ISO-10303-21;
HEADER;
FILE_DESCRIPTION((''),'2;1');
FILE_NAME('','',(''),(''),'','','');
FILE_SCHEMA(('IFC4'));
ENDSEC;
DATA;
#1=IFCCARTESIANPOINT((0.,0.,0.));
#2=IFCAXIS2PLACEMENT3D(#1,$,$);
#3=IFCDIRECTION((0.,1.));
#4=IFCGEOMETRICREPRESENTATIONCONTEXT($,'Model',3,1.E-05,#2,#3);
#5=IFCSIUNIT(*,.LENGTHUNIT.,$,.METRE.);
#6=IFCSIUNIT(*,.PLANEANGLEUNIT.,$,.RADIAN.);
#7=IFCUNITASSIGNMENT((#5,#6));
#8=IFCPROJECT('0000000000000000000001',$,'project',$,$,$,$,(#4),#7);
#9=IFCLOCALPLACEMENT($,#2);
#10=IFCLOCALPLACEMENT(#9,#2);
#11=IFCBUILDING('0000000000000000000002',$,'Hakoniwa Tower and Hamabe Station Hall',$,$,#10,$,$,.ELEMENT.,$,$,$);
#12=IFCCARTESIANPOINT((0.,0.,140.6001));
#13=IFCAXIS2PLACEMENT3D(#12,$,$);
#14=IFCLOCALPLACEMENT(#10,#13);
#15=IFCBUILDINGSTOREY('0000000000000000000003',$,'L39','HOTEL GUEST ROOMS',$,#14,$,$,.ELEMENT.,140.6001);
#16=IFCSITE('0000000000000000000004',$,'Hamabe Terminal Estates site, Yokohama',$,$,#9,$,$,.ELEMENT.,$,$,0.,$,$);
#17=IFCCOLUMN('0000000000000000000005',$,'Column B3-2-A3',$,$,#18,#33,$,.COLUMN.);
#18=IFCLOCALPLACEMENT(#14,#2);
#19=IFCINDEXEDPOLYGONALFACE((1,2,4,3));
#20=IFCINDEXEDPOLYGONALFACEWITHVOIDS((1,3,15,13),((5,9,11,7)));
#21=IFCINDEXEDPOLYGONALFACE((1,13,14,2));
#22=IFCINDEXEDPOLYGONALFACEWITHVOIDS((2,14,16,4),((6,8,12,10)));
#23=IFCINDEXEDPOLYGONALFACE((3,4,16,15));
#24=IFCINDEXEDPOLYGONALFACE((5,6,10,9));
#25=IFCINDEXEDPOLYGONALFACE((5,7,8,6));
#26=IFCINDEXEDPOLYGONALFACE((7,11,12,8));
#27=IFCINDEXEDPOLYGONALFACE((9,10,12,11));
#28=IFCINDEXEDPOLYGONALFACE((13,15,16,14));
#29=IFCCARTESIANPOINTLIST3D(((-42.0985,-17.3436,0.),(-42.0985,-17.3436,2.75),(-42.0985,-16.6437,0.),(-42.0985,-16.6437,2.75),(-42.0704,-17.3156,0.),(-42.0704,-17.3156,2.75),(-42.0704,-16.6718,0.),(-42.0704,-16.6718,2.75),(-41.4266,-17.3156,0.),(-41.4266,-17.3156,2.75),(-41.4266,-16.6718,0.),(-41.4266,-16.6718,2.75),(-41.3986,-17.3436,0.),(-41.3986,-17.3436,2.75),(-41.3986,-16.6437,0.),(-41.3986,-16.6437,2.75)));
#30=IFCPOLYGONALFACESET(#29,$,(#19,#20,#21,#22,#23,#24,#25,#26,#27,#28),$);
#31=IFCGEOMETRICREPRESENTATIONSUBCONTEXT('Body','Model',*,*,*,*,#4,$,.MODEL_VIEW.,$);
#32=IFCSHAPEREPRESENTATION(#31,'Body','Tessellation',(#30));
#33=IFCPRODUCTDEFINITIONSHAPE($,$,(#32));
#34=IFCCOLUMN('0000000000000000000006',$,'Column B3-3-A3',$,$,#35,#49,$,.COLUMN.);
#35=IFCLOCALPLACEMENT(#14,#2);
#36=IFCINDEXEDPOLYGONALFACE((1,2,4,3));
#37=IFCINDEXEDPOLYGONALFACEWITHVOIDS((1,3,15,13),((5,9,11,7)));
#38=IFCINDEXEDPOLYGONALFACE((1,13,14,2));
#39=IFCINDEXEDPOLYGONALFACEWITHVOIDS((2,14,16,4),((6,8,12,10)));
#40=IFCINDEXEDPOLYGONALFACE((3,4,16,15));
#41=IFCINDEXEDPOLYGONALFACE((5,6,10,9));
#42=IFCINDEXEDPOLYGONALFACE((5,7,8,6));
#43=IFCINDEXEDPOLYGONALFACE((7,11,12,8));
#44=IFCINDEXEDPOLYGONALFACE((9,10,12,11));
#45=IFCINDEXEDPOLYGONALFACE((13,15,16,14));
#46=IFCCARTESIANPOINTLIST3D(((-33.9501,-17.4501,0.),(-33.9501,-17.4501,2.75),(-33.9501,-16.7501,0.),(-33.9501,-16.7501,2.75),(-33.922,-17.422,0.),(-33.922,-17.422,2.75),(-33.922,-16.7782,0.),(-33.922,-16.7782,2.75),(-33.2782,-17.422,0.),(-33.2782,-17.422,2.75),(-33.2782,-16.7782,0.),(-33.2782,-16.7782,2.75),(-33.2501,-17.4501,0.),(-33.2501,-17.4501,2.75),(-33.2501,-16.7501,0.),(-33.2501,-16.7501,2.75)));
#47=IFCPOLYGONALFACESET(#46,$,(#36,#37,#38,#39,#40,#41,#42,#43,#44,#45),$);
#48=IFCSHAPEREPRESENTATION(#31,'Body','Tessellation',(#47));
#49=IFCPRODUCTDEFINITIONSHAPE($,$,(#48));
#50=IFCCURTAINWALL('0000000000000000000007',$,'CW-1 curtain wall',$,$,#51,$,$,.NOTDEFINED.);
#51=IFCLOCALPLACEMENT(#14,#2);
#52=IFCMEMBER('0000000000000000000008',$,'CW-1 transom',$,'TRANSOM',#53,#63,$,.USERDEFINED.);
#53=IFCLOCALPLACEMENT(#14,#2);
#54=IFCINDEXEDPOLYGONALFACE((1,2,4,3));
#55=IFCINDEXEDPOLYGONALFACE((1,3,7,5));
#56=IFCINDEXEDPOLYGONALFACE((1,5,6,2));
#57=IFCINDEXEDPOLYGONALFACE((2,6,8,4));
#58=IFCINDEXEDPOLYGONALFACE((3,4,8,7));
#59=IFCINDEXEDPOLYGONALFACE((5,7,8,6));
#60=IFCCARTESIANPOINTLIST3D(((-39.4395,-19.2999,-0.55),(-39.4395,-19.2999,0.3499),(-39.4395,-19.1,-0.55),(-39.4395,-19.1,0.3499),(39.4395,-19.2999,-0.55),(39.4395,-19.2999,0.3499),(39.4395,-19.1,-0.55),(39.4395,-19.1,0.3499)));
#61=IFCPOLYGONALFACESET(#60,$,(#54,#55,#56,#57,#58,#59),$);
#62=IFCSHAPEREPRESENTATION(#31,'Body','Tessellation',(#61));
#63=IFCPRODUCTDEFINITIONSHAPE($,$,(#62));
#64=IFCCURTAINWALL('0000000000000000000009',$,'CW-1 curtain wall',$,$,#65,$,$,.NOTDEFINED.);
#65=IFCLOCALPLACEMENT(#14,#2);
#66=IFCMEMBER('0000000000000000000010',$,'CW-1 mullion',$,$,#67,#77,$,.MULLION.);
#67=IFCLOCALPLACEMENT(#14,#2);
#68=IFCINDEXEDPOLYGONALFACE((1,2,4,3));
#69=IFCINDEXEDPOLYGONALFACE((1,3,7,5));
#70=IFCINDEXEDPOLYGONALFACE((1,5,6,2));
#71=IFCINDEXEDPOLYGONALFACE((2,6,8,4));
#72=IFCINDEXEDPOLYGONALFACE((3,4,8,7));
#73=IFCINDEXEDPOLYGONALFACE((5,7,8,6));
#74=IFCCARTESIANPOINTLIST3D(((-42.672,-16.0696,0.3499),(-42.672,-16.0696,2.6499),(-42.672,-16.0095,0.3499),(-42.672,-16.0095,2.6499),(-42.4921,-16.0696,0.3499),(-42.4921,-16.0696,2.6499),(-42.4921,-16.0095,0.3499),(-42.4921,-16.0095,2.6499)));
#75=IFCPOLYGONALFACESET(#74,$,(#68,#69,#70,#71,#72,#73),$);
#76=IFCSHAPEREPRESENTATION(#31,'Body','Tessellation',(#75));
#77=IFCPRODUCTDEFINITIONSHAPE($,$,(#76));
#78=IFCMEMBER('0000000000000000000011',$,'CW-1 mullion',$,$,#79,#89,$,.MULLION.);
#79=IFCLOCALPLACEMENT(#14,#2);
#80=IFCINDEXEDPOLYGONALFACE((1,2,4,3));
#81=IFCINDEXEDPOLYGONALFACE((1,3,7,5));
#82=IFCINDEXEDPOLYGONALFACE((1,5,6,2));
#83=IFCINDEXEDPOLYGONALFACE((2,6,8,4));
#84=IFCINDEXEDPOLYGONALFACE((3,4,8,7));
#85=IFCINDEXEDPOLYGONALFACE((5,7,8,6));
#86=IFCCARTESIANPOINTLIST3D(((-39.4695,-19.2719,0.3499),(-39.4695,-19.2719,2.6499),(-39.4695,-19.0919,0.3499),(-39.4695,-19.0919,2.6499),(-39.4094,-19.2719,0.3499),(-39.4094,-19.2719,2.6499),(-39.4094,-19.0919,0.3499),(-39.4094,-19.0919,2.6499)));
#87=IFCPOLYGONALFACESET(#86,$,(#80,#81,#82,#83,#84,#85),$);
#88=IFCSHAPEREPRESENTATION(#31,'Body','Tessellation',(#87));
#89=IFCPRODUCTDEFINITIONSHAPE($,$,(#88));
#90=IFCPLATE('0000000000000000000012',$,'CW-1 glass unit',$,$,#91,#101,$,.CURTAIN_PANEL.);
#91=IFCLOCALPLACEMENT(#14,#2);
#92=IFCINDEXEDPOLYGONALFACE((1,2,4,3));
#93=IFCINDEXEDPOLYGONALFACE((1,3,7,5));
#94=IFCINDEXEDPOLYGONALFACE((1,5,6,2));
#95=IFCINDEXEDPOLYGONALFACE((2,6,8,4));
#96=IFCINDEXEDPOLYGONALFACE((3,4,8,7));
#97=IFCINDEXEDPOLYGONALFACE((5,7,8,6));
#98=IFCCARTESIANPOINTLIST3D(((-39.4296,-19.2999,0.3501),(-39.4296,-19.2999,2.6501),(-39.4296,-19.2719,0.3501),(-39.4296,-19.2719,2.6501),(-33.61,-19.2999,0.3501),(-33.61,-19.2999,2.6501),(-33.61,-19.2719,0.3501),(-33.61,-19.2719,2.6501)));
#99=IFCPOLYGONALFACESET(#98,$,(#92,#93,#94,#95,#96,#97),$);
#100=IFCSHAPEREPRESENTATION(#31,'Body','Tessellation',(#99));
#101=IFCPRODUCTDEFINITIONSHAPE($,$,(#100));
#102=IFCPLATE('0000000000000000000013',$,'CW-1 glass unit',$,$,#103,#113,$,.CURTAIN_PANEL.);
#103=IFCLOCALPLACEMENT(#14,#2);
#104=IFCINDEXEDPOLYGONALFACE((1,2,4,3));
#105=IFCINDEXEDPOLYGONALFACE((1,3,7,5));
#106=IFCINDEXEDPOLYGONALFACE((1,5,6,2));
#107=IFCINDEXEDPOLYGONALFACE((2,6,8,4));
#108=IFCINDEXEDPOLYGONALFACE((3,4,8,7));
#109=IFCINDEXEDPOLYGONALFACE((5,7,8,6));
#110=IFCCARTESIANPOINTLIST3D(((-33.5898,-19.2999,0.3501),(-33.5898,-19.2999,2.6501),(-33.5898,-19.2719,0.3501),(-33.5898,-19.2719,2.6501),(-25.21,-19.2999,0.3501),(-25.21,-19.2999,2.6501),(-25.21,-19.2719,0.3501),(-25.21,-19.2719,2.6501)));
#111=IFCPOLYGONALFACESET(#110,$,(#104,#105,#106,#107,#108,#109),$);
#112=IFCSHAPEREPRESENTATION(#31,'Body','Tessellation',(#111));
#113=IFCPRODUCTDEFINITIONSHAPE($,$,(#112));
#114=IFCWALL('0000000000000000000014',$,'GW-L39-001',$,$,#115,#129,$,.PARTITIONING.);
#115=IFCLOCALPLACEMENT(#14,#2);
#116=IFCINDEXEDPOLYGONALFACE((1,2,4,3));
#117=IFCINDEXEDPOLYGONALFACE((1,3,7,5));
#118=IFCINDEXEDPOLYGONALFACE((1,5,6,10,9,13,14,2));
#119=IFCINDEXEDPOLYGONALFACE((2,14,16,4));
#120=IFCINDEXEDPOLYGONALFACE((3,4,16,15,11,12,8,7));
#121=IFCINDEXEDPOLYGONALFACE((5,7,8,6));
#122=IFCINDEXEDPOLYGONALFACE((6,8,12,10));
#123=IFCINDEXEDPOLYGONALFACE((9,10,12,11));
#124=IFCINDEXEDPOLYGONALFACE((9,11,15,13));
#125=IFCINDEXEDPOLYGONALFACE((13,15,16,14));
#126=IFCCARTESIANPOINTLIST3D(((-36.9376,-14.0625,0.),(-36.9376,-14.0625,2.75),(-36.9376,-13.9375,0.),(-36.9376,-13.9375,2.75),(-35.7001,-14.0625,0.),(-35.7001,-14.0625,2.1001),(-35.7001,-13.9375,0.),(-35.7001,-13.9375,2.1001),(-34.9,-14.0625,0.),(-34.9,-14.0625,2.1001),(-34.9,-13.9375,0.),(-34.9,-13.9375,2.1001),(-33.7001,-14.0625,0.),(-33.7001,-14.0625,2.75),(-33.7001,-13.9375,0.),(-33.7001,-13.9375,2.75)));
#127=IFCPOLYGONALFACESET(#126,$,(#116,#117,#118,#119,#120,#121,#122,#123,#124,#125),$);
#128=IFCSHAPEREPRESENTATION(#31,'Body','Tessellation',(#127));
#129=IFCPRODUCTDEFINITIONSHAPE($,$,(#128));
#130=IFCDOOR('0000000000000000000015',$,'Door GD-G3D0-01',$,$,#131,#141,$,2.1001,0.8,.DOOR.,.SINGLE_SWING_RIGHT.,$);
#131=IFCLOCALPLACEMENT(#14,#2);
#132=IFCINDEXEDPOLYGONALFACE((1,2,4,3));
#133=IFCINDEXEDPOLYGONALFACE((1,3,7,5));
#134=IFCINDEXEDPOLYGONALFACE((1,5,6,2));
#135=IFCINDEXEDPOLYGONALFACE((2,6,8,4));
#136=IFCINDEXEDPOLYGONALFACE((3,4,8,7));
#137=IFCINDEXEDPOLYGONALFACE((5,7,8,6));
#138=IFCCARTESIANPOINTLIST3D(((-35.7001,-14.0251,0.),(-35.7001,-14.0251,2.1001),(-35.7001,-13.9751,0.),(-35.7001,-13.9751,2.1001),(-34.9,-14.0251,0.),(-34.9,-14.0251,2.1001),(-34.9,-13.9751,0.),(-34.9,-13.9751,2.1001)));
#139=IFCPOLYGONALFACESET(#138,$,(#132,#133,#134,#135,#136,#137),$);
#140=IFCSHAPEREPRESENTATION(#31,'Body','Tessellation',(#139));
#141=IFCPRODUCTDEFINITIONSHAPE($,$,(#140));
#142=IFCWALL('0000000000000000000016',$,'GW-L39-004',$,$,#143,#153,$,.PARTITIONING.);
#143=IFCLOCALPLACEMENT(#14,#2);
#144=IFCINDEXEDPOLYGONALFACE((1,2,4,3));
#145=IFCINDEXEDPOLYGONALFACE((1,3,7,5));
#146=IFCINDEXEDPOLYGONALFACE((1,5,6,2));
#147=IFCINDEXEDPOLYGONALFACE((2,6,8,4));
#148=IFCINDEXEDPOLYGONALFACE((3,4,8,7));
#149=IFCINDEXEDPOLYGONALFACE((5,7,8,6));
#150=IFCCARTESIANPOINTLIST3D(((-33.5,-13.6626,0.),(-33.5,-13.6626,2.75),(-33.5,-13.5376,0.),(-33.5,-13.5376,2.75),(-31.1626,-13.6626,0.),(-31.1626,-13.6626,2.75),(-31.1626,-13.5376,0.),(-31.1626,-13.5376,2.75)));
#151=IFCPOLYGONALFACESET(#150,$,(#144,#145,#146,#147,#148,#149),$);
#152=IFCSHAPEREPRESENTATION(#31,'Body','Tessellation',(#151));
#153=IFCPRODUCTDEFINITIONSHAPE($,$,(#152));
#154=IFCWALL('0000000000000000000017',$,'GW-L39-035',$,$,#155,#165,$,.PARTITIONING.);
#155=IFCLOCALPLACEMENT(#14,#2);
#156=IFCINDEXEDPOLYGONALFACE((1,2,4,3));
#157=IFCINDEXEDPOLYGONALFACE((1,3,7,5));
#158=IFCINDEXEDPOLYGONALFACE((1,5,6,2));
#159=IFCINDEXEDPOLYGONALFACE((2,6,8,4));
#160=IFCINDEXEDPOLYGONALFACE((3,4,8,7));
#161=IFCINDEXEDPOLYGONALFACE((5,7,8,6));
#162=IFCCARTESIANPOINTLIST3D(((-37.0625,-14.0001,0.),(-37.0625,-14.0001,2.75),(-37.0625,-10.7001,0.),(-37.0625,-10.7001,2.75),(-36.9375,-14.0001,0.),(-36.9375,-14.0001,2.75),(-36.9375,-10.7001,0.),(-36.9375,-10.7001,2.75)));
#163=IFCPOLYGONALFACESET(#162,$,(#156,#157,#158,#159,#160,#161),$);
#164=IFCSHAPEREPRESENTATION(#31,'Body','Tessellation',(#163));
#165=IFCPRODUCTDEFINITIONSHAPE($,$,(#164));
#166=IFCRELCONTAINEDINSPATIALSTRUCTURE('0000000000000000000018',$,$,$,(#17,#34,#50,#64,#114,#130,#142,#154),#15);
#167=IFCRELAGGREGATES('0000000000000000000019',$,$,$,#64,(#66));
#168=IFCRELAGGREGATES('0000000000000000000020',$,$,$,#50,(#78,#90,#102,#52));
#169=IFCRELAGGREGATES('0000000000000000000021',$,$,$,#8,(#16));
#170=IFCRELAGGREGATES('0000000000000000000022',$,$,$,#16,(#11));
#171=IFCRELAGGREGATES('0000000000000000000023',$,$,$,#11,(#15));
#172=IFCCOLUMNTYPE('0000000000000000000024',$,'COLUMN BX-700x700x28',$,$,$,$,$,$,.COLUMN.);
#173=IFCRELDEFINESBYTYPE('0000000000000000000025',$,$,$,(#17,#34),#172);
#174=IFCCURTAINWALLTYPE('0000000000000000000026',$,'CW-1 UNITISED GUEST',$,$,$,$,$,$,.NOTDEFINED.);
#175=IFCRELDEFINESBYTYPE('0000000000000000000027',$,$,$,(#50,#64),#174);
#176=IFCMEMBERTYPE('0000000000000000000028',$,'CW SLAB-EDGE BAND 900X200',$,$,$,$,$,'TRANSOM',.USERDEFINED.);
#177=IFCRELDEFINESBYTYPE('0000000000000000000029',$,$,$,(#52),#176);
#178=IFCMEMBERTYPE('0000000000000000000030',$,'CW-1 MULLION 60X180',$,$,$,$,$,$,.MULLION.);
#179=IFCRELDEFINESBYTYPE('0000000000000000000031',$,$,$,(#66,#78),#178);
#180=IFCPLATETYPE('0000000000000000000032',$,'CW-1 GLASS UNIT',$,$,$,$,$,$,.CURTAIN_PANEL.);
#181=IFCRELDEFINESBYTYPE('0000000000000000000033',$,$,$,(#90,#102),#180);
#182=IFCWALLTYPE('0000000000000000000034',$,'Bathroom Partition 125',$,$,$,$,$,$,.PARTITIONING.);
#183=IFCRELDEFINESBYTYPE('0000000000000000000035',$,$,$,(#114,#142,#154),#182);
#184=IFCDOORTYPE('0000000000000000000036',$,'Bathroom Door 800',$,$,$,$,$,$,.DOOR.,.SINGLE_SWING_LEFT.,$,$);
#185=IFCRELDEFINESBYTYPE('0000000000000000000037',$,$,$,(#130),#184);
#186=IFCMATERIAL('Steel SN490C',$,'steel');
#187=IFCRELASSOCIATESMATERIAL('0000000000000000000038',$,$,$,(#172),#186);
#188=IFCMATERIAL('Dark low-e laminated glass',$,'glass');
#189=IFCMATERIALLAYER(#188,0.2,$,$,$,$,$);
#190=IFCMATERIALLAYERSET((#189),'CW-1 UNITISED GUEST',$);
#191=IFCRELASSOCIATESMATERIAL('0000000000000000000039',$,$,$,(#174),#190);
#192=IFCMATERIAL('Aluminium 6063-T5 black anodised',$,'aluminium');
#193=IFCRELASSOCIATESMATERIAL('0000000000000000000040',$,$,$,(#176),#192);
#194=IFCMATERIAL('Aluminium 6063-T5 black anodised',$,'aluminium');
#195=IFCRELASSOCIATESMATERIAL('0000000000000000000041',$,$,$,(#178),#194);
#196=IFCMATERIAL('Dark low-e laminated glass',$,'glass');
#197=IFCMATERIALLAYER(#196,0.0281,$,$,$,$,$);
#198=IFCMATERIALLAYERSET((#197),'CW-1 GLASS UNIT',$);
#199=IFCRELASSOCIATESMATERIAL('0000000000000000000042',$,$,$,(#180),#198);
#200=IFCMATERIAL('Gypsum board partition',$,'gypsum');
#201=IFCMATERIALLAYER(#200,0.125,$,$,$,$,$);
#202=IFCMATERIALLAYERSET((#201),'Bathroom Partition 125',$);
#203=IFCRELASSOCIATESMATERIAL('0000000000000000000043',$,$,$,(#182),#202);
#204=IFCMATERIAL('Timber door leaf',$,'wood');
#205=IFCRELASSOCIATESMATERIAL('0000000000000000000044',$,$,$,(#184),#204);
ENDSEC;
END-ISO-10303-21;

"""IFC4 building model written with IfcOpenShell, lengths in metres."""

from ifc_helpers import new_model, si_unit, direction, frame, frame_2d, origin, origin_2d, place, context, subcontext, project, spatial, rectangle, hollow_rectangle, extrude, material, layer, layer_set, material_profile, profile_set, type_object, element, fill, aggregate, save


model = new_model("IFC4")

# Units and contexts
model_context = context("Model", 3, precision=1e-05, world=origin(), true_north=direction((0.0, 1.0)))
body_context = subcontext(model_context, "Body", "Model", "MODEL_VIEW")
ifc_project = project(units=[si_unit("LENGTHUNIT", "METRE"), si_unit("PLANEANGLEUNIT", "RADIAN")], contexts=[model_context])

# Site, building, storey
site_placement = place(None, origin())
site = spatial("IfcSite", under=ifc_project, at=site_placement, Name="Hamabe Terminal Estates site, Yokohama", CompositionType="ELEMENT", RefElevation=0.0)
building_placement = place(site_placement, origin())
building = spatial("IfcBuilding", under=site, at=building_placement, Name="Hakoniwa Tower and Hamabe Station Hall", CompositionType="ELEMENT")
storey_placement = place(building_placement, frame((0.0, 0.0, 140.6001)))
storey = spatial("IfcBuildingStorey", under=building, at=storey_placement, Name="L39", Description="HOTEL GUEST ROOMS", CompositionType="ELEMENT", Elevation=140.6001)

# Columns
ifc_material_1 = material(Name="Steel SN490C", Category="steel")
ifc_material_profile_1 = material_profile(ifc_material_1, hollow_rectangle(XDim=0.7, YDim=0.7, WallThickness=0.0281, at=origin_2d()), Name="BX-700x700x28")
ifc_profile_set_1 = profile_set([ifc_material_profile_1], Name="Steel SN490C")
column_type = type_object("IfcColumnType", Name="COLUMN BX-700x700x28", PredefinedType="COLUMN", material=ifc_profile_set_1)
for number, where, z_axis, x_axis, name in (
    (1, (-41.7485, -16.9937, 0.0), (0.0, 0.0, 1.0), (1.0, 0.0, 0.0), "Column B3-2-A3"),
    (2, (-33.6001, -17.1001, 0.0), (0.0, 0.0, 1.0), (1.0, 0.0, 0.0), "Column B3-3-A3"),
):
    element("IfcColumn", number, at=place(storey_placement, frame(where, z_axis=z_axis, x_axis=x_axis)), inside=storey, type_object=column_type, Name=name, PredefinedType="COLUMN", context=body_context, shape_type="SweptSolid", body=[
        extrude(hollow_rectangle(XDim=0.7, YDim=0.7, WallThickness=0.0281, at=origin_2d()), origin(), (0.0, 0.0, 1.0), 2.75),
    ])

# Curtain walls, members
ifc_material_2 = material(Name="Dark low-e laminated glass", Category="glass")
ifc_layer_1 = layer(ifc_material_2, 0.2)
ifc_layer_set_1 = layer_set([ifc_layer_1], Name="CW-1 UNITISED GUEST")
curtain_wall_type = type_object("IfcCurtainWallType", Name="CW-1 UNITISED GUEST", PredefinedType="NOTDEFINED", material=ifc_layer_set_1)
curtain_wall_1_placement = place(storey_placement, origin())
curtain_wall_1 = element("IfcCurtainWall", 3, at=curtain_wall_1_placement, inside=storey, type_object=curtain_wall_type, Name="CW-1 curtain wall", PredefinedType="NOTDEFINED")
ifc_material_3 = material(Name="Aluminium 6063-T5 black anodised", Category="aluminium")
ifc_material_profile_2 = material_profile(ifc_material_3, rectangle(XDim=0.2, YDim=0.8999, at=origin_2d()), Name="CW SLAB-EDGE BAND 900X200")
ifc_profile_set_2 = profile_set([ifc_material_profile_2], Name="Aluminium 6063-T5 black anodised")
member_type_1 = type_object("IfcMemberType", Name="CW SLAB-EDGE BAND 900X200", ElementType="TRANSOM", PredefinedType="USERDEFINED", material=ifc_profile_set_2)
member_1_placement = place(storey_placement, frame((-39.4395, -19.2, -0.1001), z_axis=(1.0, 0.0, 0.0), x_axis=(0.0, 1.0, 0.0)))
member_1 = element("IfcMember", 4, at=member_1_placement, type_object=member_type_1, Name="CW-1 transom", ObjectType="TRANSOM", PredefinedType="USERDEFINED", context=body_context, shape_type="SweptSolid", body=[
    extrude(rectangle(XDim=0.2, YDim=0.8999, at=origin_2d()), origin(), (0.0, 0.0, 1.0), 78.8789),
])
curtain_wall_2_placement = place(storey_placement, origin())
curtain_wall_2 = element("IfcCurtainWall", 5, at=curtain_wall_2_placement, inside=storey, type_object=curtain_wall_type, Name="CW-1 curtain wall", PredefinedType="NOTDEFINED")
ifc_material_4 = material(Name="Aluminium 6063-T5 black anodised", Category="aluminium")
ifc_material_profile_3 = material_profile(ifc_material_4, rectangle(XDim=0.0601, YDim=0.1799, at=origin_2d()), Name="CW-1 MULLION 60X180")
ifc_profile_set_3 = profile_set([ifc_material_profile_3], Name="Aluminium 6063-T5 black anodised")
member_type_2 = type_object("IfcMemberType", Name="CW-1 MULLION 60X180", PredefinedType="MULLION", material=ifc_profile_set_3)
member_2_placement = place(storey_placement, frame((-42.582, -16.0396, 0.3499), z_axis=(0.0, 0.0, 1.0), x_axis=(0.0, -1.0, 0.0)))
member_2 = element("IfcMember", 6, at=member_2_placement, type_object=member_type_2, Name="CW-1 mullion", PredefinedType="MULLION", context=body_context, shape_type="SweptSolid", body=[
    extrude(rectangle(XDim=0.0601, YDim=0.1799, at=origin_2d()), origin(), (0.0, 0.0, 1.0), 2.3),
])
aggregate(curtain_wall_2, [member_2])

# Member
member_3_placement = place(storey_placement, frame((-39.4395, -19.1819, 0.3499), z_axis=(0.0, 0.0, 1.0), x_axis=(1.0, 0.0, 0.0)))
member_3 = element("IfcMember", 7, at=member_3_placement, type_object=member_type_2, Name="CW-1 mullion", PredefinedType="MULLION", context=body_context, shape_type="SweptSolid", body=[
    extrude(rectangle(XDim=0.0601, YDim=0.1799, at=origin_2d()), origin(), (0.0, 0.0, 1.0), 2.3),
])

# Plates
ifc_material_5 = material(Name="Dark low-e laminated glass", Category="glass")
ifc_layer_2 = layer(ifc_material_5, 0.0281)
ifc_layer_set_2 = layer_set([ifc_layer_2], Name="CW-1 GLASS UNIT")
plate_type = type_object("IfcPlateType", Name="CW-1 GLASS UNIT", PredefinedType="CURTAIN_PANEL", material=ifc_layer_set_2)
plate_1_placement = place(storey_placement, frame((-36.5198, -19.2859, 0.3501), z_axis=(0.0, 0.0, 1.0), x_axis=(1.0, 0.0, 0.0)))
plate_1 = element("IfcPlate", 8, at=plate_1_placement, type_object=plate_type, Name="CW-1 glass unit", PredefinedType="CURTAIN_PANEL", context=body_context, shape_type="SweptSolid", body=[
    extrude(rectangle(XDim=5.8196, YDim=0.0281, at=origin_2d()), origin(), (0.0, 0.0, 1.0), 2.3),
])
plate_2_placement = place(storey_placement, frame((-29.3999, -19.2859, 0.3501), z_axis=(0.0, 0.0, 1.0), x_axis=(1.0, 0.0, 0.0)))
plate_2 = element("IfcPlate", 9, at=plate_2_placement, type_object=plate_type, Name="CW-1 glass unit", PredefinedType="CURTAIN_PANEL", context=body_context, shape_type="SweptSolid", body=[
    extrude(rectangle(XDim=8.3799, YDim=0.0281, at=origin_2d()), origin(), (0.0, 0.0, 1.0), 2.3),
])
aggregate(curtain_wall_1, [member_3, plate_1, plate_2, member_1])

# Wall, opening, door
ifc_material_6 = material(Name="Gypsum board partition", Category="gypsum")
ifc_layer_3 = layer(ifc_material_6, 0.125)
ifc_layer_set_3 = layer_set([ifc_layer_3], Name="Bathroom Partition 125")
wall_type_1 = type_object("IfcWallType", Name="Bathroom Partition 125", PredefinedType="PARTITIONING", material=ifc_layer_set_3)
wall_1_placement = place(storey_placement, frame((-36.9375, -14.0, 0.0), z_axis=(0.0, 0.0, 1.0), x_axis=(1.0, 0.0, 0.0)))
wall_1 = element("IfcWall", 10, at=wall_1_placement, inside=storey, type_object=wall_type_1, Name="GW-L39-001", PredefinedType="PARTITIONING", context=body_context, shape_type="SweptSolid", body=[
    extrude(rectangle(XDim=3.2375, YDim=0.125, at=frame_2d((1.6187, 0.0))), origin(), (0.0, 0.0, 1.0), 2.75),
])
opening_1_placement = place(wall_1_placement, frame((1.2375, 0.0, 0.0)))
opening_1 = element("IfcOpeningElement", 11, at=opening_1_placement, cuts=wall_1, PredefinedType="OPENING", context=body_context, shape_type="SweptSolid", body=[
    extrude(rectangle(XDim=0.8, YDim=2.1001, at=frame_2d((0.3999, 1.05))), frame((0.0, 0.0725, 0.0), z_axis=(0.0, -1.0, 0.0), x_axis=(1.0, 0.0, 0.0)), (0.0, 0.0, 1.0), 0.145),
])
ifc_material_7 = material(Name="Timber door leaf", Category="wood")
door_type = type_object("IfcDoorType", Name="Bathroom Door 800", OperationType="SINGLE_SWING_LEFT", PredefinedType="DOOR", material=ifc_material_7)
door_1_placement = place(opening_1_placement, origin())
door_1 = element("IfcDoor", 12, at=door_1_placement, inside=storey, type_object=door_type, Name="Door GD-G3D0-01", OperationType="SINGLE_SWING_RIGHT", OverallHeight=2.1001, OverallWidth=0.8, PredefinedType="DOOR", context=body_context, shape_type="SweptSolid", body=[
    extrude(rectangle(XDim=0.8, YDim=2.1001, at=frame_2d((0.3999, 1.05))), frame((0.0, 0.0249, 0.0), z_axis=(0.0, -1.0, 0.0), x_axis=(1.0, 0.0, 0.0)), (0.0, 0.0, 1.0), 0.05),
])
fill(opening_1, door_1)

# Walls
wall_2_placement = place(storey_placement, frame((-33.5, -13.6001, 0.0), z_axis=(0.0, 0.0, 1.0), x_axis=(1.0, 0.0, 0.0)))
element("IfcWall", 13, at=wall_2_placement, inside=storey, type_object=wall_type_1, Name="GW-L39-004", PredefinedType="PARTITIONING", context=body_context, shape_type="SweptSolid", body=[
    extrude(rectangle(XDim=2.3374, YDim=0.125, at=frame_2d((1.1687, 0.0))), origin(), (0.0, 0.0, 1.0), 2.75),
])
wall_3_placement = place(storey_placement, frame((-37.0, -14.0, 0.0), z_axis=(0.0, 0.0, 1.0), x_axis=(0.0, 1.0, 0.0)))
element("IfcWall", 14, at=wall_3_placement, inside=storey, type_object=wall_type_1, Name="GW-L39-035", PredefinedType="PARTITIONING", context=body_context, shape_type="SweptSolid", body=[
    extrude(rectangle(XDim=3.3, YDim=0.125, at=frame_2d((1.6499, 0.0))), origin(), (0.0, 0.0, 1.0), 2.75),
])

save(model, "model.ifc")
